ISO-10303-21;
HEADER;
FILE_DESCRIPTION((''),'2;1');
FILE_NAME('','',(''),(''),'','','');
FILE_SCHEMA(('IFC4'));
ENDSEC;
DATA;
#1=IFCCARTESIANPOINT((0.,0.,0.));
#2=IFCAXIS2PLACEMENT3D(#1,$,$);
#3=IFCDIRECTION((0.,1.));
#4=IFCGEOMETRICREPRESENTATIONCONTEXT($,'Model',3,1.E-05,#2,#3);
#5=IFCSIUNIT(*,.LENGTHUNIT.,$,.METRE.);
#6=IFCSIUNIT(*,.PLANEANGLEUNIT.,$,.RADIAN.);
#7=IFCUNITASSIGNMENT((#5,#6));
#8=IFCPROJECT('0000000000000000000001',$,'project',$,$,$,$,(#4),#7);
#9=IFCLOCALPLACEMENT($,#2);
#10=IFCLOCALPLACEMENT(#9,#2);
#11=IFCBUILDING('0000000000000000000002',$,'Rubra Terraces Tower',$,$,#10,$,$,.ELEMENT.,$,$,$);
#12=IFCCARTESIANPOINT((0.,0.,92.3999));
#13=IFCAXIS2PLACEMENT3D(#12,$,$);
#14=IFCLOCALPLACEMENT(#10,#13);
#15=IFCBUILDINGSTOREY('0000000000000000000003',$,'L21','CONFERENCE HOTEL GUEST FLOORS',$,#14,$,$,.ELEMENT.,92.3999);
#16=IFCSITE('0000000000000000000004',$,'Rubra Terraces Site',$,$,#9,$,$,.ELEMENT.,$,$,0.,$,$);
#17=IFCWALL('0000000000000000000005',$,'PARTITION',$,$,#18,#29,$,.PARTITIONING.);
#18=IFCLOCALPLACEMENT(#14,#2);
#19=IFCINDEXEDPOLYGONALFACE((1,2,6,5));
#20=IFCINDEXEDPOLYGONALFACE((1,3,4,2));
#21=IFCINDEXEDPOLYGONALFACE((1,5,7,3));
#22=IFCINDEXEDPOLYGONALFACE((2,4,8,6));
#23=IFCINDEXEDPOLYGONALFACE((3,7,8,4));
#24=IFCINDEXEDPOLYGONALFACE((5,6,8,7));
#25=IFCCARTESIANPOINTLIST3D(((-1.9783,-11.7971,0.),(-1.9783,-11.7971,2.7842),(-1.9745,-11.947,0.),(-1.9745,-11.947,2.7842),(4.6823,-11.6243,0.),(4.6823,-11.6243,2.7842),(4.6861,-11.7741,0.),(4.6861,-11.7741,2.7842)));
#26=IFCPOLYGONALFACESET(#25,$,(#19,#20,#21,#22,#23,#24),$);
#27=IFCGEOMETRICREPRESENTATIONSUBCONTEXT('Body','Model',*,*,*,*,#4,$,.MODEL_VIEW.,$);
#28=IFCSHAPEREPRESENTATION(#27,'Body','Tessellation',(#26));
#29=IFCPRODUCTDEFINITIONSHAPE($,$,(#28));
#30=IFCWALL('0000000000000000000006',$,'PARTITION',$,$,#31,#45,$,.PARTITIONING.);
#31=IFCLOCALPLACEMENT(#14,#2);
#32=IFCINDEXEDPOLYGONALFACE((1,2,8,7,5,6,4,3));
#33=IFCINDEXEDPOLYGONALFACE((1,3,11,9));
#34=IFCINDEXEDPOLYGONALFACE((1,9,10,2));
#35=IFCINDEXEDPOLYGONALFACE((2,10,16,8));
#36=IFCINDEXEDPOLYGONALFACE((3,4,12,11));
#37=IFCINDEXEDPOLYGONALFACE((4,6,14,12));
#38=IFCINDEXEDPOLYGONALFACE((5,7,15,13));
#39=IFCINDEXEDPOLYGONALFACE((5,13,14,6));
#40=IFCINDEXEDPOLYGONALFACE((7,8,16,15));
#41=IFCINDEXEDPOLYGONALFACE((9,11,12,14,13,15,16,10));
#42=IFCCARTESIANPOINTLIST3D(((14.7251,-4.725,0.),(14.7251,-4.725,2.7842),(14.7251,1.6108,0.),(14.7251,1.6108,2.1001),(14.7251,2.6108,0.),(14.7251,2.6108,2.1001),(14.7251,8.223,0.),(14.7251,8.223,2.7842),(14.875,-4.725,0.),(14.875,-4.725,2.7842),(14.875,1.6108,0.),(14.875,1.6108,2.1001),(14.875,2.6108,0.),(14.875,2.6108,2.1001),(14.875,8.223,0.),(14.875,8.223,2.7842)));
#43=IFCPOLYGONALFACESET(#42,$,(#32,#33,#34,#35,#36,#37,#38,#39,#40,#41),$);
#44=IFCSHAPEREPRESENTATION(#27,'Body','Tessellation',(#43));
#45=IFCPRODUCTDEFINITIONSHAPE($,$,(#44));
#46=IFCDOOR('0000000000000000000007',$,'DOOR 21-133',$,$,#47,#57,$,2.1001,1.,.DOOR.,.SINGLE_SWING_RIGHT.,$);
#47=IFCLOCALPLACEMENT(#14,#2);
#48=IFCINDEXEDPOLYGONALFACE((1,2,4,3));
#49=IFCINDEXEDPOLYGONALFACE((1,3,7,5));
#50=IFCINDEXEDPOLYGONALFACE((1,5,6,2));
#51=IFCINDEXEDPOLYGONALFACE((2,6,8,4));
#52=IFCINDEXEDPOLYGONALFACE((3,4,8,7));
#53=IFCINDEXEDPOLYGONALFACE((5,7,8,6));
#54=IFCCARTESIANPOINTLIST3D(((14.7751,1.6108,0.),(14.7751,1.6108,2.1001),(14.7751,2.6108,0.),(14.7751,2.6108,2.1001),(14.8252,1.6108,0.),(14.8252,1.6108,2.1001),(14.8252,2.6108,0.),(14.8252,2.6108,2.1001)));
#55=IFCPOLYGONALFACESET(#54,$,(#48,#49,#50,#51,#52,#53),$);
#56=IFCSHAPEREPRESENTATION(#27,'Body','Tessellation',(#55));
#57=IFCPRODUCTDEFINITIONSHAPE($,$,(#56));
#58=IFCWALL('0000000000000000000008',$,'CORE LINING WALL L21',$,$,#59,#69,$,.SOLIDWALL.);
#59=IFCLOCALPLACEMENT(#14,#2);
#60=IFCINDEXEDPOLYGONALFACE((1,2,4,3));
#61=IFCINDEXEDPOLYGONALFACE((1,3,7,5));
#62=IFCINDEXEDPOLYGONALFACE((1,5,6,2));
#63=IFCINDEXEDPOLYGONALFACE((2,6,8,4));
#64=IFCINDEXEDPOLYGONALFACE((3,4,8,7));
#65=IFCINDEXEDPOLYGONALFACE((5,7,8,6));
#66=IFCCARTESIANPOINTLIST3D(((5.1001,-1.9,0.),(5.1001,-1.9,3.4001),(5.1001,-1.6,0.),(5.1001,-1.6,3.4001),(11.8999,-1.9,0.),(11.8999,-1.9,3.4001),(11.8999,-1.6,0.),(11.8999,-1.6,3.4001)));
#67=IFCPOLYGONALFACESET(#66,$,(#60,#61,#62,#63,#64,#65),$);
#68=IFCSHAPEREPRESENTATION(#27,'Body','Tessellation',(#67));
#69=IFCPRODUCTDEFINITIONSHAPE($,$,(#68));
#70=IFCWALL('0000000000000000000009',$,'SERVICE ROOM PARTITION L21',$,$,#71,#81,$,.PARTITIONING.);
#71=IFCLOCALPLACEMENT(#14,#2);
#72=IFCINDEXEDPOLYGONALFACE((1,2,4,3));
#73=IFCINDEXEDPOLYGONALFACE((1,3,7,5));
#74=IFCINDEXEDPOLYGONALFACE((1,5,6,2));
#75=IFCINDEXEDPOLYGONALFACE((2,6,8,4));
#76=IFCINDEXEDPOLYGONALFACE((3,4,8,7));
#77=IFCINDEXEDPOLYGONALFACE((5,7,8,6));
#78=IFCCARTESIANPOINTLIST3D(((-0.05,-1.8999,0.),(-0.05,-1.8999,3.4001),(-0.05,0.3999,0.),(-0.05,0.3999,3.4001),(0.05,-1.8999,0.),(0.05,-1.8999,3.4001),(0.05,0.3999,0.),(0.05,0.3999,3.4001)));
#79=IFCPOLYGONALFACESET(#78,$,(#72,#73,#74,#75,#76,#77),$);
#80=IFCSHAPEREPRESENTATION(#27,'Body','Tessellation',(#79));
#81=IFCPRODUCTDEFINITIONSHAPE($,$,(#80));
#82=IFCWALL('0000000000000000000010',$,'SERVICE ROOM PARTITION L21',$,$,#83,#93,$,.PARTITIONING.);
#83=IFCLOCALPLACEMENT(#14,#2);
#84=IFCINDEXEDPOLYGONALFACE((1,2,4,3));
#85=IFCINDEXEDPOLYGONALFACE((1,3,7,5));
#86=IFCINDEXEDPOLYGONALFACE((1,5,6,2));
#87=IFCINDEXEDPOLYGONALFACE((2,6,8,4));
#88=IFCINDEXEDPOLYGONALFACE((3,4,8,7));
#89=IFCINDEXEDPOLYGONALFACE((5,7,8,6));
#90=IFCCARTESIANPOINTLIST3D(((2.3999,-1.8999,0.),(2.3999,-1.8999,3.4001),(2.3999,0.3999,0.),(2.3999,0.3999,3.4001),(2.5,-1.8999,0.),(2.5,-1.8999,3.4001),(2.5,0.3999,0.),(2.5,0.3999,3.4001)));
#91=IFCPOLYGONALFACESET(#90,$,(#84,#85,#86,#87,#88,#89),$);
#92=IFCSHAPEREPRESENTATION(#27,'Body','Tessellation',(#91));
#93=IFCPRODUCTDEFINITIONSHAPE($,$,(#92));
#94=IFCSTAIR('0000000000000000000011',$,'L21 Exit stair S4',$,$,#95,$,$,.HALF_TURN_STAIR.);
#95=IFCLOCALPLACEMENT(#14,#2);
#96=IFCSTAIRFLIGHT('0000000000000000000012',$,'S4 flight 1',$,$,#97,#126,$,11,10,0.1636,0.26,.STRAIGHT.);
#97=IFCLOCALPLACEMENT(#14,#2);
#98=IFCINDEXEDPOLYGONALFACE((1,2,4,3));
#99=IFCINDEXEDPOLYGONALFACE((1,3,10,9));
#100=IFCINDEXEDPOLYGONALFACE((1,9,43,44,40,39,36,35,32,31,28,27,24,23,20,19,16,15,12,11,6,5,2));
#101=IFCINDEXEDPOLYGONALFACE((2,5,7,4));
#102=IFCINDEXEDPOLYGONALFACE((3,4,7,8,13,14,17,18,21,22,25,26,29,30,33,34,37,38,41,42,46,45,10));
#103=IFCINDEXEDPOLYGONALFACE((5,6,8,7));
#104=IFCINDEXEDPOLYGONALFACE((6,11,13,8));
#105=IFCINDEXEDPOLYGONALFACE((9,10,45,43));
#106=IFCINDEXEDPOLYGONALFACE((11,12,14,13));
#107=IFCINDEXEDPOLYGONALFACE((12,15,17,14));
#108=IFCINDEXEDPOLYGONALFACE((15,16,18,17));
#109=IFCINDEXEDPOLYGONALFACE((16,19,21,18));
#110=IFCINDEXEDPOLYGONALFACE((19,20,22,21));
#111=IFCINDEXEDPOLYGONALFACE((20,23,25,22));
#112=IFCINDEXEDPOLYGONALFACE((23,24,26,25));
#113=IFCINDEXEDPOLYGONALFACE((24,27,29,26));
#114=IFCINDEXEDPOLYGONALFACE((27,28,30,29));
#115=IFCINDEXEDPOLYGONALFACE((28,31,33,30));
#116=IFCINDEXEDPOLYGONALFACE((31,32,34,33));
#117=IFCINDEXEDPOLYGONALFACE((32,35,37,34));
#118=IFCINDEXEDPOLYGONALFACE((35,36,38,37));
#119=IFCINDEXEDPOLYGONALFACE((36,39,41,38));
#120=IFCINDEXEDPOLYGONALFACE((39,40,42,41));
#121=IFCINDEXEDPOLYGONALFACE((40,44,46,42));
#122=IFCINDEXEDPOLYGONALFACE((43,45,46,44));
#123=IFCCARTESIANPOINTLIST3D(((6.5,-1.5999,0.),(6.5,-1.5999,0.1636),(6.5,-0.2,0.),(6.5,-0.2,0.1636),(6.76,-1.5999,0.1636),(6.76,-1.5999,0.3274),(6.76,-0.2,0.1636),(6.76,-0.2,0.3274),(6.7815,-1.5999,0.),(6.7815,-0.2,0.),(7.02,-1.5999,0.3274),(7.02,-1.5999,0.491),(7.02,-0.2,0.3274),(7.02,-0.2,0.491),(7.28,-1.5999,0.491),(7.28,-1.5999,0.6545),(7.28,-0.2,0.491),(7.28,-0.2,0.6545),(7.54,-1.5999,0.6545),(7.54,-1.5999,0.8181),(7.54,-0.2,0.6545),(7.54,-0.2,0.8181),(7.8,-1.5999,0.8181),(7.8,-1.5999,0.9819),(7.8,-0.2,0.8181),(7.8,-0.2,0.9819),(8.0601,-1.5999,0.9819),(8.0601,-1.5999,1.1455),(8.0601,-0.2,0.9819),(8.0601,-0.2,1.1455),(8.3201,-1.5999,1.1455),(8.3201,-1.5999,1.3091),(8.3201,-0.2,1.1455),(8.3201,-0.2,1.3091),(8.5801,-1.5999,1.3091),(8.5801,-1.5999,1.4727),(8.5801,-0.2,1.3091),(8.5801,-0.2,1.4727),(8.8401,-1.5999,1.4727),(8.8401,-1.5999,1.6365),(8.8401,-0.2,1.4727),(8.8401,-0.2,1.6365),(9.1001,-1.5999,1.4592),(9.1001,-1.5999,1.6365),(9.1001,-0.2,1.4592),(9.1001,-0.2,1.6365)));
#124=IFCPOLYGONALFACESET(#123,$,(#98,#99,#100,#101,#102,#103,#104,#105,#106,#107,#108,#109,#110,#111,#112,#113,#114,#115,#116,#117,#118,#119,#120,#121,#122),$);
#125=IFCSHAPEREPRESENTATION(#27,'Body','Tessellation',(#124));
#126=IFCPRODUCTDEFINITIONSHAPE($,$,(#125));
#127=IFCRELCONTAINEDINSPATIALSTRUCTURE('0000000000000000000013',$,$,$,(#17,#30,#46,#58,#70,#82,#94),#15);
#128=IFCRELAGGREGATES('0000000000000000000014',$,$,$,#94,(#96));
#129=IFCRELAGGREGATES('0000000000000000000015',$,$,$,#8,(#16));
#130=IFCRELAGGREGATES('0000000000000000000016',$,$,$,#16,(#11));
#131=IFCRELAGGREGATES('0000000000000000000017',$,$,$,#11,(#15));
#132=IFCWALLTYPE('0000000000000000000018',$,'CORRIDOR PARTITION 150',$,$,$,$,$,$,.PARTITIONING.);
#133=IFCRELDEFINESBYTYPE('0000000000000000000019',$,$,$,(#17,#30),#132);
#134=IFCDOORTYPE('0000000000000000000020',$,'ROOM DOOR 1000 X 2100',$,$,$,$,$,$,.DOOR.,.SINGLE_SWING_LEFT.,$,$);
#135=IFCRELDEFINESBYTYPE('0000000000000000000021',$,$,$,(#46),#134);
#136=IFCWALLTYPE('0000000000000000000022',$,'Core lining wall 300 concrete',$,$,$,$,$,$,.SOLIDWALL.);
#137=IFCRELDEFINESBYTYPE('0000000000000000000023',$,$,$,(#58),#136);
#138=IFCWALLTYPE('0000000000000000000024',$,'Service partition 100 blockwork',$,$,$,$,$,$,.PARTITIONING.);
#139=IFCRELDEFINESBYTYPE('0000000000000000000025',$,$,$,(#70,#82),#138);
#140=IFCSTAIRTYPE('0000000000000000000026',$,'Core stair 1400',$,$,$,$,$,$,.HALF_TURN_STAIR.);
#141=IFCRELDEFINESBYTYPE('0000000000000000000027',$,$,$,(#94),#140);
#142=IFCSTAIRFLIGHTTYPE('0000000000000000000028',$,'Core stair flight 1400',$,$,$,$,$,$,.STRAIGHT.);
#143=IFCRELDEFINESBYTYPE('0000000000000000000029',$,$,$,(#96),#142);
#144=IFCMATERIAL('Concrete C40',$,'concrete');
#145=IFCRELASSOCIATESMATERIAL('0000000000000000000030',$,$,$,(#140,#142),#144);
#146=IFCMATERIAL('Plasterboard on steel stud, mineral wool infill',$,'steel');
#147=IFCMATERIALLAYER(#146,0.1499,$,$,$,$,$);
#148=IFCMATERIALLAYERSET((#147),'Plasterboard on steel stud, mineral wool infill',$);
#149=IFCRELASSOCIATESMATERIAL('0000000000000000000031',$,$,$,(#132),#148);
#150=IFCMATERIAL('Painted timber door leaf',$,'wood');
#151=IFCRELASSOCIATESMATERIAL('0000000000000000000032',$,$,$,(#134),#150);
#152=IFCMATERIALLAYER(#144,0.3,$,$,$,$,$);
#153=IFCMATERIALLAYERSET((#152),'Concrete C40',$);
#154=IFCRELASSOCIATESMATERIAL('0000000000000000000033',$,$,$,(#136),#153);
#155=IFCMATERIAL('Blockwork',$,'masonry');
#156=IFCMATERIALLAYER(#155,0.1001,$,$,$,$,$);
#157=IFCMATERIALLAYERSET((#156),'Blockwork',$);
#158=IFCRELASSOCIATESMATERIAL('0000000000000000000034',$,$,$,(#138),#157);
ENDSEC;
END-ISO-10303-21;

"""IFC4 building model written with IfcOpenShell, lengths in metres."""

from ifc_helpers import new_model, si_unit, direction, frame, frame_2d, origin, place, context, subcontext, project, spatial, polyline, rectangle, outline, extrude, material, layer, layer_set, type_object, element, fill, aggregate, save


model = new_model("IFC4")

# Units and contexts
model_context = context("Model", 3, precision=1e-05, world=origin(), true_north=direction((0.0, 1.0)))
body_context = subcontext(model_context, "Body", "Model", "MODEL_VIEW")
ifc_project = project(units=[si_unit("LENGTHUNIT", "METRE"), si_unit("PLANEANGLEUNIT", "RADIAN")], contexts=[model_context])

# Site, building, storey
site_placement = place(None, origin())
site = spatial("IfcSite", under=ifc_project, at=site_placement, Name="Rubra Terraces Site", CompositionType="ELEMENT", RefElevation=0.0)
building_placement = place(site_placement, origin())
building = spatial("IfcBuilding", under=site, at=building_placement, Name="Rubra Terraces Tower", CompositionType="ELEMENT")
storey_placement = place(building_placement, frame((0.0, 0.0, 92.3999)))
storey = spatial("IfcBuildingStorey", under=building, at=storey_placement, Name="L21", Description="CONFERENCE HOTEL GUEST FLOORS", CompositionType="ELEMENT", Elevation=92.3999)

# Shared definitions
ifc_material_1 = material(Name="Concrete C40", Category="concrete")
stair_type = type_object("IfcStairType", Name="Core stair 1400", PredefinedType="HALF_TURN_STAIR", material=ifc_material_1)

# Shared definitions
ifc_material_2 = material(Name="Plasterboard on steel stud, mineral wool infill", Category="steel")
ifc_layer_1 = layer(ifc_material_2, 0.1499)
ifc_layer_set_1 = layer_set([ifc_layer_1], Name="Plasterboard on steel stud, mineral wool infill")
wall_type_1 = type_object("IfcWallType", Name="CORRIDOR PARTITION 150", PredefinedType="PARTITIONING", material=ifc_layer_set_1)

# Shared definitions
ifc_material_3 = material(Name="Painted timber door leaf", Category="wood")
door_type_1 = type_object("IfcDoorType", Name="ROOM DOOR 1000 X 2100", OperationType="SINGLE_SWING_LEFT", PredefinedType="DOOR", material=ifc_material_3)

# Wall
wall_1_placement = place(storey_placement, frame((4.6843, -11.6992, 0.0), z_axis=(0.0, 0.0, 1.0), x_axis=(-0.999663, -0.025942, 0.0)))
element("IfcWall", 1, at=wall_1_placement, inside=storey, type_object=wall_type_1, Name="PARTITION", PredefinedType="PARTITIONING", context=body_context, shape_type="SweptSolid", body=[
    extrude(rectangle(XDim=6.6628, YDim=0.1499, at=frame_2d((3.3315, 0.0))), origin(), (0.0, 0.0, 1.0), 2.7842),
])

# Wall, opening, door
wall_2_placement = place(storey_placement, frame((14.8, -4.7251, 0.0), z_axis=(0.0, 0.0, 1.0), x_axis=(0.0, 1.0, 0.0)))
wall_2 = element("IfcWall", 2, at=wall_2_placement, inside=storey, type_object=wall_type_1, Name="PARTITION", PredefinedType="PARTITIONING", context=body_context, shape_type="SweptSolid", body=[
    extrude(rectangle(XDim=12.948, YDim=0.1499, at=frame_2d((6.4741, 0.0))), origin(), (0.0, 0.0, 1.0), 2.7842),
])
opening_1_placement = place(wall_2_placement, frame((6.3359, 0.0, 0.0)))
opening_1 = element("IfcOpeningElement", 3, at=opening_1_placement, cuts=wall_2, PredefinedType="OPENING", context=body_context, shape_type="SweptSolid", body=[
    extrude(rectangle(XDim=1.0, YDim=2.1001, at=frame_2d((0.5, 1.05))), frame((0.0, 0.085, 0.0), z_axis=(0.0, -1.0, 0.0), x_axis=(1.0, 0.0, 0.0)), (0.0, 0.0, 1.0), 0.1699),
])
door_1_placement = place(opening_1_placement, origin())
door_1 = element("IfcDoor", 4, at=door_1_placement, inside=storey, type_object=door_type_1, Name="DOOR 21-133", OperationType="SINGLE_SWING_RIGHT", OverallHeight=2.1001, OverallWidth=1.0, PredefinedType="DOOR", context=body_context, shape_type="SweptSolid", body=[
    extrude(rectangle(XDim=1.0, YDim=2.1001, at=frame_2d((0.5, 1.05))), frame((0.0, 0.0249, 0.0), z_axis=(0.0, -1.0, 0.0), x_axis=(1.0, 0.0, 0.0)), (0.0, 0.0, 1.0), 0.05),
])
fill(opening_1, door_1)

# Walls
ifc_layer_2 = layer(ifc_material_1, 0.3)
ifc_layer_set_2 = layer_set([ifc_layer_2], Name="Concrete C40")
wall_type_2 = type_object("IfcWallType", Name="Core lining wall 300 concrete", PredefinedType="SOLIDWALL", material=ifc_layer_set_2)
wall_3_placement = place(storey_placement, frame((11.8999, -1.75, 0.0), z_axis=(0.0, 0.0, 1.0), x_axis=(-1.0, 0.0, 0.0)))
element("IfcWall", 5, at=wall_3_placement, inside=storey, type_object=wall_type_2, Name="CORE LINING WALL L21", PredefinedType="SOLIDWALL", context=body_context, shape_type="SweptSolid", body=[
    extrude(rectangle(XDim=6.7998, YDim=0.3, at=frame_2d((3.3999, 0.0))), origin(), (0.0, 0.0, 1.0), 3.4001),
])
ifc_material_4 = material(Name="Blockwork", Category="masonry")
ifc_layer_3 = layer(ifc_material_4, 0.1001)
ifc_layer_set_3 = layer_set([ifc_layer_3], Name="Blockwork")
wall_type_3 = type_object("IfcWallType", Name="Service partition 100 blockwork", PredefinedType="PARTITIONING", material=ifc_layer_set_3)
for number, where, z_axis, x_axis, name in (
    (6, (0.0, -1.8999, 0.0), (0.0, 0.0, 1.0), (0.0, 1.0, 0.0), "SERVICE ROOM PARTITION L21"),
    (7, (2.45, -1.8999, 0.0), (0.0, 0.0, 1.0), (0.0, 1.0, 0.0), "SERVICE ROOM PARTITION L21"),
):
    element("IfcWall", number, at=place(storey_placement, frame(where, z_axis=z_axis, x_axis=x_axis)), inside=storey, type_object=wall_type_3, Name=name, PredefinedType="PARTITIONING", context=body_context, shape_type="SweptSolid", body=[
        extrude(rectangle(XDim=2.2998, YDim=0.1001, at=frame_2d((1.1499, 0.0))), origin(), (0.0, 0.0, 1.0), 3.4001),
    ])

# Stair, stair flight
stair_1_placement = place(storey_placement, origin())
stair_1 = element("IfcStair", 8, at=stair_1_placement, inside=storey, type_object=stair_type, Name="L21 Exit stair S4", PredefinedType="HALF_TURN_STAIR")
stair_flight_type = type_object("IfcStairFlightType", Name="Core stair flight 1400", PredefinedType="STRAIGHT", material=ifc_material_1)
stair_flight_placement = place(storey_placement, frame((6.5, -0.8999, 0.0), z_axis=(0.0, 0.0, 1.0), x_axis=(1.0, 0.0, 0.0)))
stair_flight = element("IfcStairFlight", 9, at=stair_flight_placement, type_object=stair_flight_type, Name="S4 flight 1", NumberOfRisers=11, NumberOfTreads=10, PredefinedType="STRAIGHT", RiserHeight=0.1636, TreadLength=0.26, context=body_context, shape_type="SweptSolid", body=[
    extrude(outline(polyline([(0.0, 0.0), (0.0, 0.1636), (0.26, 0.1636), (0.26, 0.3274), (0.52, 0.3274), (0.52, 0.491), (0.78, 0.491), (0.78, 0.6545), (1.04, 0.6545), (1.04, 0.8181), (1.3, 0.8181), (1.3, 0.9819), (1.5601, 0.9819), (1.5601, 1.1455), (1.8201, 1.1455), (1.8201, 1.3091), (2.0801, 1.3091), (2.0801, 1.4727), (2.3401, 1.4727), (2.3401, 1.6365), (2.6001, 1.6365), (2.6001, 1.8), (2.6001, 1.4592), (0.2815, 0.0), (0.0, 0.0)])), frame((0.0, 0.7, 0.0), z_axis=(0.0, -1.0, 0.0), x_axis=(1.0, 0.0, 0.0)), (0.0, 0.0, 1.0), 1.3999),
])
aggregate(stair_1, [stair_flight])

save(model, "model.ifc")
